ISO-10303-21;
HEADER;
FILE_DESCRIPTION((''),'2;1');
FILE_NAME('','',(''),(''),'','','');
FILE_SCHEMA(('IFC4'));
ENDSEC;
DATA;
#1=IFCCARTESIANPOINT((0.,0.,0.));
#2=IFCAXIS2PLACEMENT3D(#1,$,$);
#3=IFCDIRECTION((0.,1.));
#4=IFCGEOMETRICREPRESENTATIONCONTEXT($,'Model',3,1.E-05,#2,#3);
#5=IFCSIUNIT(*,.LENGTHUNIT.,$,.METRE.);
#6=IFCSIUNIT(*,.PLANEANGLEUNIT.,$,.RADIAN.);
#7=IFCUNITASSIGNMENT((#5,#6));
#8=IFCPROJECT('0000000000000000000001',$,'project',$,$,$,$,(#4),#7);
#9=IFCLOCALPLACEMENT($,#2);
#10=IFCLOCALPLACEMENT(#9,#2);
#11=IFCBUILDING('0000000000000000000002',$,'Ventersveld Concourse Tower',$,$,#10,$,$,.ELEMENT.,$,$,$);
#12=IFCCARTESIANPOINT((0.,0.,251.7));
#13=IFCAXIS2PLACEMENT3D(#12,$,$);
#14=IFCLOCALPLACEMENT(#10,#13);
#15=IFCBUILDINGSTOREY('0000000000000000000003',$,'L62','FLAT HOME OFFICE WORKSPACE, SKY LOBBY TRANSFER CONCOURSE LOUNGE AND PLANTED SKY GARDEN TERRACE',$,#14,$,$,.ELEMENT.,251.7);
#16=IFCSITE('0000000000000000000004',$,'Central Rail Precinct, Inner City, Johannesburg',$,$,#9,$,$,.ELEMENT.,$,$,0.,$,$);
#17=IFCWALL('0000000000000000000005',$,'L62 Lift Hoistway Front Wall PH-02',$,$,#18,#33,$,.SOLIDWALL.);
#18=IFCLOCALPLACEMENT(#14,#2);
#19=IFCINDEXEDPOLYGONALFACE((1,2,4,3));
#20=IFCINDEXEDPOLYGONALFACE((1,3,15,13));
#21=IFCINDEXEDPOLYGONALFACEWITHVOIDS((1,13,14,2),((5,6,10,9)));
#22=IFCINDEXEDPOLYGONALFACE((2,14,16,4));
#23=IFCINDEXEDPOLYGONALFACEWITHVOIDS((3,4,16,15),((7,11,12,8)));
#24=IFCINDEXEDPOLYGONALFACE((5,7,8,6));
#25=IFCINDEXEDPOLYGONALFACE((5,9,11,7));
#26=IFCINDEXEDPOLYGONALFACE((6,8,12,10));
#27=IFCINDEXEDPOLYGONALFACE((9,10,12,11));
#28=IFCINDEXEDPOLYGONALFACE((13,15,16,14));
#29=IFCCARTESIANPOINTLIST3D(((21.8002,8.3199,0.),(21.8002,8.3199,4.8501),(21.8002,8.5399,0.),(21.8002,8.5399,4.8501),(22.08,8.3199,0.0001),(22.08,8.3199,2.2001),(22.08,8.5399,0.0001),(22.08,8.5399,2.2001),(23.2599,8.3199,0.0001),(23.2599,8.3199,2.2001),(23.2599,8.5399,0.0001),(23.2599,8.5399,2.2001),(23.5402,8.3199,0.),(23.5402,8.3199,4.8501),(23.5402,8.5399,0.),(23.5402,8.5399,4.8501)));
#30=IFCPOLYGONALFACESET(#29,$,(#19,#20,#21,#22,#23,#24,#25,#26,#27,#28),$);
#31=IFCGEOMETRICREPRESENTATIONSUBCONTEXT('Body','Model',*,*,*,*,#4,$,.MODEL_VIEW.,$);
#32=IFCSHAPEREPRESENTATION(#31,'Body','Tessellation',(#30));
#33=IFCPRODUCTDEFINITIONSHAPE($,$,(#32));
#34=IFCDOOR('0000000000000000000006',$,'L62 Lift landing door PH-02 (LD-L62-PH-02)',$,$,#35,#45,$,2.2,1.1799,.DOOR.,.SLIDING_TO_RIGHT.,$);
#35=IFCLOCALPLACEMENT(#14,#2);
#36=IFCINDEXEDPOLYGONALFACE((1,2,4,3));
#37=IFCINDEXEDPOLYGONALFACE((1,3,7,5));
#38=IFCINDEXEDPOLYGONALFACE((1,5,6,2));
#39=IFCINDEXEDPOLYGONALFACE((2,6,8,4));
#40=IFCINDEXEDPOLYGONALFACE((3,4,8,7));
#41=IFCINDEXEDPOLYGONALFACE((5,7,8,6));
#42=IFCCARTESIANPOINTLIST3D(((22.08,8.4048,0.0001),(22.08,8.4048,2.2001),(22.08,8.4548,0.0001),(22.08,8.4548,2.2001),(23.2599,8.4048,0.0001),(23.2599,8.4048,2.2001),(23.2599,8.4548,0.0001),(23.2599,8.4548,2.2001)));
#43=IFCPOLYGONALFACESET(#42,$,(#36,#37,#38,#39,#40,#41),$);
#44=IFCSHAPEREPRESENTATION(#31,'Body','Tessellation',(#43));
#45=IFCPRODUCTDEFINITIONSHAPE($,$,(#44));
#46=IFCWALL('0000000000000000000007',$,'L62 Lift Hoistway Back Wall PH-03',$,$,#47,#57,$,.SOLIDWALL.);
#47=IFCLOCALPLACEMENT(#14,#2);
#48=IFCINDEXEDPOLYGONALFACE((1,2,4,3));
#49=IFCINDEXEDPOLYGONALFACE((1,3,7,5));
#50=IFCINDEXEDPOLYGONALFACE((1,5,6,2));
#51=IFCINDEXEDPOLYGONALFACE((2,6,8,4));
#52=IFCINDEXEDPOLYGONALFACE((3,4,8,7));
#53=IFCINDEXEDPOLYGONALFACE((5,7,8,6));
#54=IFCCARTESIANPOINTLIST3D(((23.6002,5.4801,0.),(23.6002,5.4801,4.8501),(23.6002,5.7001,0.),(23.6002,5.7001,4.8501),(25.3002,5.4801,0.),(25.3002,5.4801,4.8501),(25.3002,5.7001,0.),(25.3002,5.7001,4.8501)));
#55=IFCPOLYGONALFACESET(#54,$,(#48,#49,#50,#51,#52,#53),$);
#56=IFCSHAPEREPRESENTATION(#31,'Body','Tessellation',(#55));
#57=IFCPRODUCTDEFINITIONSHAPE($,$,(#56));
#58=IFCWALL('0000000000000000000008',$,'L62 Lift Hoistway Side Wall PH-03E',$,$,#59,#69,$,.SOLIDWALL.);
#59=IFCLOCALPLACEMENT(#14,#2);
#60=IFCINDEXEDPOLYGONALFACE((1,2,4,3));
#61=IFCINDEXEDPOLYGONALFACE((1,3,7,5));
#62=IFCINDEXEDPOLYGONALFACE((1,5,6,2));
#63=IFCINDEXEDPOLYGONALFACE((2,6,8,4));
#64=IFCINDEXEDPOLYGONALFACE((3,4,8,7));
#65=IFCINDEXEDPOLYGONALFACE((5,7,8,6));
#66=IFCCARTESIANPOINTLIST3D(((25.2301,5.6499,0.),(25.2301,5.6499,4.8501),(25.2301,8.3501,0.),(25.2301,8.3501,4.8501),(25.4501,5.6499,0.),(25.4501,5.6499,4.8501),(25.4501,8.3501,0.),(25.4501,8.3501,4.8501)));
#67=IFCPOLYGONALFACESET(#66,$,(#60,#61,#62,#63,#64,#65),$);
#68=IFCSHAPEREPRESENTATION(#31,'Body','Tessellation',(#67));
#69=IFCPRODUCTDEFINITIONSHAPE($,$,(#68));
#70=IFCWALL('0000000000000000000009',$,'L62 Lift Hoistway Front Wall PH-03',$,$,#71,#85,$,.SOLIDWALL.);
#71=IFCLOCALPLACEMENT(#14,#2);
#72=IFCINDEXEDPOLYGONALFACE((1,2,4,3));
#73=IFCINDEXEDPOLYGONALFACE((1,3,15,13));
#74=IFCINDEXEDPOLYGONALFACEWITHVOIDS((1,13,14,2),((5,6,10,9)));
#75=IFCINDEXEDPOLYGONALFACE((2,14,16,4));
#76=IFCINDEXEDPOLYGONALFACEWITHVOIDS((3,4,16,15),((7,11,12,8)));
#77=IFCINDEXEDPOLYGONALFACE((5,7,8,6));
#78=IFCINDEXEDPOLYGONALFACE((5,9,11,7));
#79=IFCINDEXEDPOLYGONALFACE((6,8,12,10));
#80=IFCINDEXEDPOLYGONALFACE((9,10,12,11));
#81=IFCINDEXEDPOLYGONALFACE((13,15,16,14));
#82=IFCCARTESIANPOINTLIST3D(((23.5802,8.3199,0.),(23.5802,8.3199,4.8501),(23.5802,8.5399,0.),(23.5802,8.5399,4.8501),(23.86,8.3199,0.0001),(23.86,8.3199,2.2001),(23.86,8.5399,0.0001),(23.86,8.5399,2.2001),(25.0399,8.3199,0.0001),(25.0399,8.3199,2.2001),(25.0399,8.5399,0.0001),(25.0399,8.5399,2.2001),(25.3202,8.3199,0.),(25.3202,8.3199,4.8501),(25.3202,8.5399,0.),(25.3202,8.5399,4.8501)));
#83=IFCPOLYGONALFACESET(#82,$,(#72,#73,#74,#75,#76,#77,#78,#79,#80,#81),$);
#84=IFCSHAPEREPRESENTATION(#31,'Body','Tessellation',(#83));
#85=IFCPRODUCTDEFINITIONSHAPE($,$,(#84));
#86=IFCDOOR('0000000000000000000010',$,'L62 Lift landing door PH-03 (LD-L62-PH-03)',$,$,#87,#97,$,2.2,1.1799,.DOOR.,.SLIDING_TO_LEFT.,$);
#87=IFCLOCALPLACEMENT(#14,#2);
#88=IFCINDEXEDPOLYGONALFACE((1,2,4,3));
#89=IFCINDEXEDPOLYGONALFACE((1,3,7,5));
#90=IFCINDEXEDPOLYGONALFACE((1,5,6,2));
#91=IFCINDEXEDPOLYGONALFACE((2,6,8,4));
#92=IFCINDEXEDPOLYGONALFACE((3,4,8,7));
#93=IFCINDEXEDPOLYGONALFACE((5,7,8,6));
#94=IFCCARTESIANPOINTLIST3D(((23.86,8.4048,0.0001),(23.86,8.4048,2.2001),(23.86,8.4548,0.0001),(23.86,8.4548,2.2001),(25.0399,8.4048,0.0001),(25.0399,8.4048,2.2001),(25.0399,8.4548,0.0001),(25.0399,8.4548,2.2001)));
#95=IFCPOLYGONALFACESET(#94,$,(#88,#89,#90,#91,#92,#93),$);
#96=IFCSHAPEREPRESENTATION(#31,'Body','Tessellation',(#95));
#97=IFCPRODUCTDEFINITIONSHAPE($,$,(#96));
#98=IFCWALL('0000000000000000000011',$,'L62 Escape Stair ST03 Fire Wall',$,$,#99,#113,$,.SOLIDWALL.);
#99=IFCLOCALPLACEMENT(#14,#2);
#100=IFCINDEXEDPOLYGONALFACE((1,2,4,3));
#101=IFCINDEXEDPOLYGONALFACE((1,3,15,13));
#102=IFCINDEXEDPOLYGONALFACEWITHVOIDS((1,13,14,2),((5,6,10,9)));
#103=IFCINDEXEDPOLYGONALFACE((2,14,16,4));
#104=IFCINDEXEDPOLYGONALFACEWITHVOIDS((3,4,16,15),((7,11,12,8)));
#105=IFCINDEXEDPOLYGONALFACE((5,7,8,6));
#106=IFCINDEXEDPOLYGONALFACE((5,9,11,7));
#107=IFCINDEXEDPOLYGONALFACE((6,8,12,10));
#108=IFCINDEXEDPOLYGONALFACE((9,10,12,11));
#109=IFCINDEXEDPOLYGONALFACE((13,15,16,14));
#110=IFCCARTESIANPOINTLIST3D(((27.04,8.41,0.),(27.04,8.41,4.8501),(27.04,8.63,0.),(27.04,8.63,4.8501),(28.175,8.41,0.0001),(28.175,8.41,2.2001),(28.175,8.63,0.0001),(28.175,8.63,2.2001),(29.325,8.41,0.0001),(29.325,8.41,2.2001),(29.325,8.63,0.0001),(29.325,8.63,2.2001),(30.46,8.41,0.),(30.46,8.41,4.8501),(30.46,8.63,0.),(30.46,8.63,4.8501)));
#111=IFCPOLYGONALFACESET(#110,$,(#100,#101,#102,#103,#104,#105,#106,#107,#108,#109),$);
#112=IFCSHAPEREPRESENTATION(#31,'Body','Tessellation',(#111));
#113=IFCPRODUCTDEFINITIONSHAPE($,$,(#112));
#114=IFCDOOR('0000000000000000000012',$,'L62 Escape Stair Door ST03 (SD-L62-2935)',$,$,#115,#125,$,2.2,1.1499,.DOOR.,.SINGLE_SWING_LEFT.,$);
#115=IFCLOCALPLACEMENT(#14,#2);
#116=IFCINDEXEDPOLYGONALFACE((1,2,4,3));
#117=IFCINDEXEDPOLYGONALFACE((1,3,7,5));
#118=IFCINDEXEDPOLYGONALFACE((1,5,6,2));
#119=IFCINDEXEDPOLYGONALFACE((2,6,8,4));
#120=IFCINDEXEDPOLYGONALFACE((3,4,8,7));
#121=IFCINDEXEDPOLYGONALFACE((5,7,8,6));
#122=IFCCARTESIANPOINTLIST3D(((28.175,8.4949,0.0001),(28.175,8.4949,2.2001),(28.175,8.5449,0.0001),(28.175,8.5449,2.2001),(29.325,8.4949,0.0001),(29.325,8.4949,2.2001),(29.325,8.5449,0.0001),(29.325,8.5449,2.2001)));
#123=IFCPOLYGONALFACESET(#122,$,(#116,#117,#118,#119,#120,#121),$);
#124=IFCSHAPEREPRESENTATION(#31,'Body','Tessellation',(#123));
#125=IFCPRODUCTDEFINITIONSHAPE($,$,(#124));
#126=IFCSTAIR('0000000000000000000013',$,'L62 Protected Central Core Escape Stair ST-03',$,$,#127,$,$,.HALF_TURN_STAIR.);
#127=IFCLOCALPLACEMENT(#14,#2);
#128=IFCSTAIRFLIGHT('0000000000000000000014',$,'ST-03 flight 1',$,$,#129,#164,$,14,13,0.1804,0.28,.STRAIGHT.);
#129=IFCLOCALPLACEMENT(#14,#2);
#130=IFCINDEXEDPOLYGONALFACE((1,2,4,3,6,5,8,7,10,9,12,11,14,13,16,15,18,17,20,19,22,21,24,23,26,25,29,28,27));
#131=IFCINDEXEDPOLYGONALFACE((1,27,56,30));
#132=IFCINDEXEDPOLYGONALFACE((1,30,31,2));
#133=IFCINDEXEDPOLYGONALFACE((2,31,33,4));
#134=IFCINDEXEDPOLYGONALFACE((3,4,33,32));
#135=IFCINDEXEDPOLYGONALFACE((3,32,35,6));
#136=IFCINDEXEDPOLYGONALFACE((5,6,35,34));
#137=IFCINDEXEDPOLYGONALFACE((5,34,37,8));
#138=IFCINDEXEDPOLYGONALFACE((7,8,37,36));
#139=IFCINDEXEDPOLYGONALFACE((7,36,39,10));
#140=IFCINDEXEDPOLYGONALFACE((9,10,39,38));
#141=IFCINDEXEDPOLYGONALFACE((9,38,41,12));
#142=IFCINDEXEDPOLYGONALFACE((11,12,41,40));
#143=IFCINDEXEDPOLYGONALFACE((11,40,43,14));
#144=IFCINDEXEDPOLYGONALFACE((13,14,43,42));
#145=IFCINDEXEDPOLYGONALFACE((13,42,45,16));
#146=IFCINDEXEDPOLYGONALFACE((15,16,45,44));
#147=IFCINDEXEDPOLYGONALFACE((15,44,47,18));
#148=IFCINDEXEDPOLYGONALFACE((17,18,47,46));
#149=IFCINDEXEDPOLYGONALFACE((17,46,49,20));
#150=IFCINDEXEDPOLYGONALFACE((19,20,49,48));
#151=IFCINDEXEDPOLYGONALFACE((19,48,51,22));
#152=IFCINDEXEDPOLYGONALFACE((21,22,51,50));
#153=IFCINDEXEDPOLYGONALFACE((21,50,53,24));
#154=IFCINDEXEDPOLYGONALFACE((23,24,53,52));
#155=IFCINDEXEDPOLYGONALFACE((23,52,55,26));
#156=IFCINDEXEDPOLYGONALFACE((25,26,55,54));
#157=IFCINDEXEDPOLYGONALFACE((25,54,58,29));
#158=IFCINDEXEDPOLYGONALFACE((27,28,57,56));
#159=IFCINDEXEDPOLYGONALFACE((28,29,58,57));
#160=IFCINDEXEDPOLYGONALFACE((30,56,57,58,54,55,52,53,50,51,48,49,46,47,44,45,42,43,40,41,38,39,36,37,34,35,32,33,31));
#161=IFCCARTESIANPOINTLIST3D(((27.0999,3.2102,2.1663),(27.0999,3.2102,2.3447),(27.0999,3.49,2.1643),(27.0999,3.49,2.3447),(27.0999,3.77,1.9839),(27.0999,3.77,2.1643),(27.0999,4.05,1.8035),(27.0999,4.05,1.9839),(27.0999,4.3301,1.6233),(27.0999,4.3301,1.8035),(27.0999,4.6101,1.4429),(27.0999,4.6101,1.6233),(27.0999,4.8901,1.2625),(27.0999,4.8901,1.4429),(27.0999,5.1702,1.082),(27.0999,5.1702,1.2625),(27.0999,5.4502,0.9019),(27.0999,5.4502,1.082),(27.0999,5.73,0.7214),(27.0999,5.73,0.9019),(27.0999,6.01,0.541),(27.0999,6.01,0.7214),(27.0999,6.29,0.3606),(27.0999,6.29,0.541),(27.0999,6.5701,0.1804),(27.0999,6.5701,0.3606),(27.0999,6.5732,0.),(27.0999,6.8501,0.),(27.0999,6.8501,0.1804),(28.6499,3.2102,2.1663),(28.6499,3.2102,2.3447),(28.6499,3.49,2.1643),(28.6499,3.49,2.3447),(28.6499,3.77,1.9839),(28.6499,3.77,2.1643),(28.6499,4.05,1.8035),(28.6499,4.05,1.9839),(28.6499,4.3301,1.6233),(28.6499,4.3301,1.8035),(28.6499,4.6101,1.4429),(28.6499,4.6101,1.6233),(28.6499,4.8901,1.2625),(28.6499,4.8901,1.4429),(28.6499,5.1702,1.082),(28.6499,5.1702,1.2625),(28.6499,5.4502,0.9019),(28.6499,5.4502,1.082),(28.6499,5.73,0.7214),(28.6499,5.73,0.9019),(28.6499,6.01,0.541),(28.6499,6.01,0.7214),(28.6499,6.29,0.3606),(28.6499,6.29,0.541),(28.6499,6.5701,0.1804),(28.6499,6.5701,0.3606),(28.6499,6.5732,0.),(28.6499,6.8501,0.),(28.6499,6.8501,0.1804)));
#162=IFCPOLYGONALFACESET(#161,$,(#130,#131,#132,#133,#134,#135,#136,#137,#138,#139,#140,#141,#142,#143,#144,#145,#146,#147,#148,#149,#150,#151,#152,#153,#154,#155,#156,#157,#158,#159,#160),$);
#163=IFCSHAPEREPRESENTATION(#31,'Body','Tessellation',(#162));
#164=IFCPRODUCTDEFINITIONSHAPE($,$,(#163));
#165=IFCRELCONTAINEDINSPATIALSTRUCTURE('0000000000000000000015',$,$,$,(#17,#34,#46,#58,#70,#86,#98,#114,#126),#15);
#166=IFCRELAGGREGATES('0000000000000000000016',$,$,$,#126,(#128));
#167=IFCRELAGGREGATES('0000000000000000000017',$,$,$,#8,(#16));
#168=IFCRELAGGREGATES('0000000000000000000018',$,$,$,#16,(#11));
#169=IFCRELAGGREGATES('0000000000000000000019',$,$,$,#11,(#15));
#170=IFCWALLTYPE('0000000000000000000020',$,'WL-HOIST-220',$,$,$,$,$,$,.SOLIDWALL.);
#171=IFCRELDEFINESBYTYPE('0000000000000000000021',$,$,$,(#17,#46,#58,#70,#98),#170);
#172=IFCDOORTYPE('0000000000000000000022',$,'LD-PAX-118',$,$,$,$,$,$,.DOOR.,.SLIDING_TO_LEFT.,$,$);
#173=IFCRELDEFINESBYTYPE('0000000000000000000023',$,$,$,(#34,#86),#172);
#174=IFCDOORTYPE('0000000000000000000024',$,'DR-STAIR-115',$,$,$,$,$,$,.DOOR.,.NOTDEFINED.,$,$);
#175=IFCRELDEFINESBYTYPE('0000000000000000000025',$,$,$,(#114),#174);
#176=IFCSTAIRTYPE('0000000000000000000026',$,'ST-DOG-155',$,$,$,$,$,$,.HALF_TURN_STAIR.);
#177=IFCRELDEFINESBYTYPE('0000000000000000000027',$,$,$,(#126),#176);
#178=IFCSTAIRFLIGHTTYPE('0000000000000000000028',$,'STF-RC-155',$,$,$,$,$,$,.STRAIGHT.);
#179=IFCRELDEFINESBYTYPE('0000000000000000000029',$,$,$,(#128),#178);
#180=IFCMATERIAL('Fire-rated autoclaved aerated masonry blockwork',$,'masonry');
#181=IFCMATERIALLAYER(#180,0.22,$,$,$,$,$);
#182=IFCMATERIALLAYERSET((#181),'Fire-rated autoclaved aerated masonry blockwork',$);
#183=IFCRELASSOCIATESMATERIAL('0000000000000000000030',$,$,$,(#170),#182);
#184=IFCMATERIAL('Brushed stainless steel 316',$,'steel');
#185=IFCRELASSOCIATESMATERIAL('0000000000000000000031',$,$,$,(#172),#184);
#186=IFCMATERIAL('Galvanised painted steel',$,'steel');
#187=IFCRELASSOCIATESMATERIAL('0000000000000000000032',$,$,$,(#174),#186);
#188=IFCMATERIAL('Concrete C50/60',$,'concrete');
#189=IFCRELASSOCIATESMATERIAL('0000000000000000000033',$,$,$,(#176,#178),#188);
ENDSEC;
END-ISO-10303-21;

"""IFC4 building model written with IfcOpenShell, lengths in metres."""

from ifc_helpers import new_model, si_unit, direction, frame, frame_2d, origin, place, context, subcontext, project, spatial, polyline, rectangle, outline, extrude, material, layer, layer_set, type_object, element, fill, aggregate, save


model = new_model("IFC4")

# Units and contexts
model_context = context("Model", 3, precision=1e-05, world=origin(), true_north=direction((0.0, 1.0)))
body_context = subcontext(model_context, "Body", "Model", "MODEL_VIEW")
ifc_project = project(units=[si_unit("LENGTHUNIT", "METRE"), si_unit("PLANEANGLEUNIT", "RADIAN")], contexts=[model_context])

# Site, building, storey
site_placement = place(None, origin())
site = spatial("IfcSite", under=ifc_project, at=site_placement, Name="Central Rail Precinct, Inner City, Johannesburg", CompositionType="ELEMENT", RefElevation=0.0)
building_placement = place(site_placement, origin())
building = spatial("IfcBuilding", under=site, at=building_placement, Name="Ventersveld Concourse Tower", CompositionType="ELEMENT")
storey_placement = place(building_placement, frame((0.0, 0.0, 251.7)))
storey = spatial("IfcBuildingStorey", under=building, at=storey_placement, Name="L62", Description="FLAT HOME OFFICE WORKSPACE, SKY LOBBY TRANSFER CONCOURSE LOUNGE AND PLANTED SKY GARDEN TERRACE", CompositionType="ELEMENT", Elevation=251.7)

# Shared definitions
ifc_material_1 = material(Name="Concrete C50/60", Category="concrete")

# Shared definitions
ifc_material_2 = material(Name="Fire-rated autoclaved aerated masonry blockwork", Category="masonry")
ifc_material_3 = material(Name="Galvanised painted steel", Category="steel")

# Shared definitions
ifc_layer_1 = layer(ifc_material_2, 0.22)
ifc_layer_set_1 = layer_set([ifc_layer_1], Name="Fire-rated autoclaved aerated masonry blockwork")
wall_type_1 = type_object("IfcWallType", Name="WL-HOIST-220", PredefinedType="SOLIDWALL", material=ifc_layer_set_1)

# Wall, opening, door
wall_1_placement = place(storey_placement, frame((21.8, 8.4299, 0.0), z_axis=(0.0, 0.0, 1.0), x_axis=(1.0, 0.0, 0.0)))
wall_1 = element("IfcWall", 1, at=wall_1_placement, inside=storey, type_object=wall_type_1, Name="L62 Lift Hoistway Front Wall PH-02", PredefinedType="SOLIDWALL", context=body_context, shape_type="SweptSolid", body=[
    extrude(rectangle(XDim=1.74, YDim=0.22, at=frame_2d((0.8701, 0.0))), origin(), (0.0, 0.0, 1.0), 4.8501),
])
opening_1_placement = place(wall_1_placement, frame((0.28, 0.0, 0.0)))
opening_1 = element("IfcOpeningElement", 2, at=opening_1_placement, cuts=wall_1, PredefinedType="OPENING", context=body_context, shape_type="SweptSolid", body=[
    extrude(rectangle(XDim=1.1799, YDim=2.2, at=frame_2d((0.5898, 1.1001))), frame((0.0, 0.1201, 0.0), z_axis=(0.0, -1.0, 0.0), x_axis=(1.0, 0.0, 0.0)), (0.0, 0.0, 1.0), 0.24),
])
ifc_material_4 = material(Name="Brushed stainless steel 316", Category="steel")
door_type_1 = type_object("IfcDoorType", Name="LD-PAX-118", OperationType="SLIDING_TO_LEFT", PredefinedType="DOOR", material=ifc_material_4)
door_1_placement = place(opening_1_placement, origin())
door_1 = element("IfcDoor", 3, at=door_1_placement, inside=storey, type_object=door_type_1, Name="L62 Lift landing door PH-02 (LD-L62-PH-02)", OperationType="SLIDING_TO_RIGHT", OverallHeight=2.2, OverallWidth=1.1799, PredefinedType="DOOR", context=body_context, shape_type="SweptSolid", body=[
    extrude(rectangle(XDim=1.1799, YDim=2.2, at=frame_2d((0.5898, 1.1001))), frame((0.0, 0.0249, 0.0), z_axis=(0.0, -1.0, 0.0), x_axis=(1.0, 0.0, 0.0)), (0.0, 0.0, 1.0), 0.05),
])
fill(opening_1, door_1)

# Walls
wall_2_placement = place(storey_placement, frame((23.6001, 5.5901, 0.0), z_axis=(0.0, 0.0, 1.0), x_axis=(1.0, 0.0, 0.0)))
element("IfcWall", 4, at=wall_2_placement, inside=storey, type_object=wall_type_1, Name="L62 Lift Hoistway Back Wall PH-03", PredefinedType="SOLIDWALL", context=body_context, shape_type="SweptSolid", body=[
    extrude(rectangle(XDim=1.7, YDim=0.22, at=frame_2d((0.8501, 0.0))), origin(), (0.0, 0.0, 1.0), 4.8501),
])
wall_3_placement = place(storey_placement, frame((25.3401, 5.6499, 0.0), z_axis=(0.0, 0.0, 1.0), x_axis=(0.0, 1.0, 0.0)))
element("IfcWall", 5, at=wall_3_placement, inside=storey, type_object=wall_type_1, Name="L62 Lift Hoistway Side Wall PH-03E", PredefinedType="SOLIDWALL", context=body_context, shape_type="SweptSolid", body=[
    extrude(rectangle(XDim=2.7002, YDim=0.22, at=frame_2d((1.3501, 0.0))), origin(), (0.0, 0.0, 1.0), 4.8501),
])

# Walls, openings, doors
wall_4_placement = place(storey_placement, frame((23.5801, 8.4299, 0.0), z_axis=(0.0, 0.0, 1.0), x_axis=(1.0, 0.0, 0.0)))
wall_4 = element("IfcWall", 6, at=wall_4_placement, inside=storey, type_object=wall_type_1, Name="L62 Lift Hoistway Front Wall PH-03", PredefinedType="SOLIDWALL", context=body_context, shape_type="SweptSolid", body=[
    extrude(rectangle(XDim=1.74, YDim=0.22, at=frame_2d((0.8701, 0.0))), origin(), (0.0, 0.0, 1.0), 4.8501),
])
opening_2_placement = place(wall_4_placement, frame((0.28, 0.0, 0.0)))
opening_2 = element("IfcOpeningElement", 7, at=opening_2_placement, cuts=wall_4, PredefinedType="OPENING", context=body_context, shape_type="SweptSolid", body=[
    extrude(rectangle(XDim=1.1799, YDim=2.2, at=frame_2d((0.5898, 1.1001))), frame((0.0, 0.1201, 0.0), z_axis=(0.0, -1.0, 0.0), x_axis=(1.0, 0.0, 0.0)), (0.0, 0.0, 1.0), 0.24),
])
door_2_placement = place(opening_2_placement, origin())
door_2 = element("IfcDoor", 8, at=door_2_placement, inside=storey, type_object=door_type_1, Name="L62 Lift landing door PH-03 (LD-L62-PH-03)", OperationType="SLIDING_TO_LEFT", OverallHeight=2.2, OverallWidth=1.1799, PredefinedType="DOOR", context=body_context, shape_type="SweptSolid", body=[
    extrude(rectangle(XDim=1.1799, YDim=2.2, at=frame_2d((0.5898, 1.1001))), frame((0.0, 0.0249, 0.0), z_axis=(0.0, -1.0, 0.0), x_axis=(1.0, 0.0, 0.0)), (0.0, 0.0, 1.0), 0.05),
])
fill(opening_2, door_2)
wall_5_placement = place(storey_placement, frame((27.04, 8.52, 0.0), z_axis=(0.0, 0.0, 1.0), x_axis=(1.0, 0.0, 0.0)))
wall_5 = element("IfcWall", 9, at=wall_5_placement, inside=storey, type_object=wall_type_1, Name="L62 Escape Stair ST03 Fire Wall", PredefinedType="SOLIDWALL", context=body_context, shape_type="SweptSolid", body=[
    extrude(rectangle(XDim=3.4199, YDim=0.22, at=frame_2d((1.71, 0.0))), origin(), (0.0, 0.0, 1.0), 4.8501),
])
opening_3_placement = place(wall_5_placement, frame((1.135, 0.0, 0.0)))
opening_3 = element("IfcOpeningElement", 10, at=opening_3_placement, cuts=wall_5, PredefinedType="OPENING", context=body_context, shape_type="SweptSolid", body=[
    extrude(rectangle(XDim=1.1499, YDim=2.2, at=frame_2d((0.575, 1.1001))), frame((0.0, 0.1201, 0.0), z_axis=(0.0, -1.0, 0.0), x_axis=(1.0, 0.0, 0.0)), (0.0, 0.0, 1.0), 0.24),
])
door_type_2 = type_object("IfcDoorType", Name="DR-STAIR-115", OperationType="NOTDEFINED", PredefinedType="DOOR", material=ifc_material_3)
door_3_placement = place(opening_3_placement, origin())
door_3 = element("IfcDoor", 11, at=door_3_placement, inside=storey, type_object=door_type_2, Name="L62 Escape Stair Door ST03 (SD-L62-2935)", OperationType="SINGLE_SWING_LEFT", OverallHeight=2.2, OverallWidth=1.1499, PredefinedType="DOOR", context=body_context, shape_type="SweptSolid", body=[
    extrude(rectangle(XDim=1.1499, YDim=2.2, at=frame_2d((0.575, 1.1001))), frame((0.0, 0.0249, 0.0), z_axis=(0.0, -1.0, 0.0), x_axis=(1.0, 0.0, 0.0)), (0.0, 0.0, 1.0), 0.05),
])
fill(opening_3, door_3)

# Stair, stair flight
stair_type = type_object("IfcStairType", Name="ST-DOG-155", PredefinedType="HALF_TURN_STAIR", material=ifc_material_1)
stair_placement = place(storey_placement, origin())
stair = element("IfcStair", 12, at=stair_placement, inside=storey, type_object=stair_type, Name="L62 Protected Central Core Escape Stair ST-03", PredefinedType="HALF_TURN_STAIR")
stair_flight_type = type_object("IfcStairFlightType", Name="STF-RC-155", PredefinedType="STRAIGHT", material=ifc_material_1)
stair_flight_placement = place(storey_placement, frame((27.875, 6.8501, 0.0), z_axis=(0.0, 0.0, 1.0), x_axis=(0.0, -1.0, 0.0)))
stair_flight = element("IfcStairFlight", 13, at=stair_flight_placement, type_object=stair_flight_type, Name="ST-03 flight 1", NumberOfRisers=14, NumberOfTreads=13, PredefinedType="STRAIGHT", RiserHeight=0.1804, TreadLength=0.28, context=body_context, shape_type="SweptSolid", body=[
    extrude(outline(polyline([(0.0, 0.0), (0.0, 0.1804), (0.28, 0.1804), (0.28, 0.3606), (0.5601, 0.3606), (0.5601, 0.541), (0.8401, 0.541), (0.8401, 0.7214), (1.1201, 0.7214), (1.1201, 0.9019), (1.3999, 0.9019), (1.3999, 1.082), (1.6799, 1.082), (1.6799, 1.2625), (1.96, 1.2625), (1.96, 1.4429), (2.24, 1.4429), (2.24, 1.6233), (2.52, 1.6233), (2.52, 1.8035), (2.8, 1.8035), (2.8, 1.9839), (3.0801, 1.9839), (3.0801, 2.1643), (3.3601, 2.1643), (3.3601, 2.3447), (3.6399, 2.3447), (3.6399, 2.5249), (3.6399, 2.1663), (0.2769, 0.0), (0.0, 0.0)])), frame((0.0, 0.7749, 0.0), z_axis=(0.0, -1.0, 0.0), x_axis=(1.0, 0.0, 0.0)), (0.0, 0.0, 1.0), 1.55),
])
aggregate(stair, [stair_flight])

save(model, "model.ifc")
